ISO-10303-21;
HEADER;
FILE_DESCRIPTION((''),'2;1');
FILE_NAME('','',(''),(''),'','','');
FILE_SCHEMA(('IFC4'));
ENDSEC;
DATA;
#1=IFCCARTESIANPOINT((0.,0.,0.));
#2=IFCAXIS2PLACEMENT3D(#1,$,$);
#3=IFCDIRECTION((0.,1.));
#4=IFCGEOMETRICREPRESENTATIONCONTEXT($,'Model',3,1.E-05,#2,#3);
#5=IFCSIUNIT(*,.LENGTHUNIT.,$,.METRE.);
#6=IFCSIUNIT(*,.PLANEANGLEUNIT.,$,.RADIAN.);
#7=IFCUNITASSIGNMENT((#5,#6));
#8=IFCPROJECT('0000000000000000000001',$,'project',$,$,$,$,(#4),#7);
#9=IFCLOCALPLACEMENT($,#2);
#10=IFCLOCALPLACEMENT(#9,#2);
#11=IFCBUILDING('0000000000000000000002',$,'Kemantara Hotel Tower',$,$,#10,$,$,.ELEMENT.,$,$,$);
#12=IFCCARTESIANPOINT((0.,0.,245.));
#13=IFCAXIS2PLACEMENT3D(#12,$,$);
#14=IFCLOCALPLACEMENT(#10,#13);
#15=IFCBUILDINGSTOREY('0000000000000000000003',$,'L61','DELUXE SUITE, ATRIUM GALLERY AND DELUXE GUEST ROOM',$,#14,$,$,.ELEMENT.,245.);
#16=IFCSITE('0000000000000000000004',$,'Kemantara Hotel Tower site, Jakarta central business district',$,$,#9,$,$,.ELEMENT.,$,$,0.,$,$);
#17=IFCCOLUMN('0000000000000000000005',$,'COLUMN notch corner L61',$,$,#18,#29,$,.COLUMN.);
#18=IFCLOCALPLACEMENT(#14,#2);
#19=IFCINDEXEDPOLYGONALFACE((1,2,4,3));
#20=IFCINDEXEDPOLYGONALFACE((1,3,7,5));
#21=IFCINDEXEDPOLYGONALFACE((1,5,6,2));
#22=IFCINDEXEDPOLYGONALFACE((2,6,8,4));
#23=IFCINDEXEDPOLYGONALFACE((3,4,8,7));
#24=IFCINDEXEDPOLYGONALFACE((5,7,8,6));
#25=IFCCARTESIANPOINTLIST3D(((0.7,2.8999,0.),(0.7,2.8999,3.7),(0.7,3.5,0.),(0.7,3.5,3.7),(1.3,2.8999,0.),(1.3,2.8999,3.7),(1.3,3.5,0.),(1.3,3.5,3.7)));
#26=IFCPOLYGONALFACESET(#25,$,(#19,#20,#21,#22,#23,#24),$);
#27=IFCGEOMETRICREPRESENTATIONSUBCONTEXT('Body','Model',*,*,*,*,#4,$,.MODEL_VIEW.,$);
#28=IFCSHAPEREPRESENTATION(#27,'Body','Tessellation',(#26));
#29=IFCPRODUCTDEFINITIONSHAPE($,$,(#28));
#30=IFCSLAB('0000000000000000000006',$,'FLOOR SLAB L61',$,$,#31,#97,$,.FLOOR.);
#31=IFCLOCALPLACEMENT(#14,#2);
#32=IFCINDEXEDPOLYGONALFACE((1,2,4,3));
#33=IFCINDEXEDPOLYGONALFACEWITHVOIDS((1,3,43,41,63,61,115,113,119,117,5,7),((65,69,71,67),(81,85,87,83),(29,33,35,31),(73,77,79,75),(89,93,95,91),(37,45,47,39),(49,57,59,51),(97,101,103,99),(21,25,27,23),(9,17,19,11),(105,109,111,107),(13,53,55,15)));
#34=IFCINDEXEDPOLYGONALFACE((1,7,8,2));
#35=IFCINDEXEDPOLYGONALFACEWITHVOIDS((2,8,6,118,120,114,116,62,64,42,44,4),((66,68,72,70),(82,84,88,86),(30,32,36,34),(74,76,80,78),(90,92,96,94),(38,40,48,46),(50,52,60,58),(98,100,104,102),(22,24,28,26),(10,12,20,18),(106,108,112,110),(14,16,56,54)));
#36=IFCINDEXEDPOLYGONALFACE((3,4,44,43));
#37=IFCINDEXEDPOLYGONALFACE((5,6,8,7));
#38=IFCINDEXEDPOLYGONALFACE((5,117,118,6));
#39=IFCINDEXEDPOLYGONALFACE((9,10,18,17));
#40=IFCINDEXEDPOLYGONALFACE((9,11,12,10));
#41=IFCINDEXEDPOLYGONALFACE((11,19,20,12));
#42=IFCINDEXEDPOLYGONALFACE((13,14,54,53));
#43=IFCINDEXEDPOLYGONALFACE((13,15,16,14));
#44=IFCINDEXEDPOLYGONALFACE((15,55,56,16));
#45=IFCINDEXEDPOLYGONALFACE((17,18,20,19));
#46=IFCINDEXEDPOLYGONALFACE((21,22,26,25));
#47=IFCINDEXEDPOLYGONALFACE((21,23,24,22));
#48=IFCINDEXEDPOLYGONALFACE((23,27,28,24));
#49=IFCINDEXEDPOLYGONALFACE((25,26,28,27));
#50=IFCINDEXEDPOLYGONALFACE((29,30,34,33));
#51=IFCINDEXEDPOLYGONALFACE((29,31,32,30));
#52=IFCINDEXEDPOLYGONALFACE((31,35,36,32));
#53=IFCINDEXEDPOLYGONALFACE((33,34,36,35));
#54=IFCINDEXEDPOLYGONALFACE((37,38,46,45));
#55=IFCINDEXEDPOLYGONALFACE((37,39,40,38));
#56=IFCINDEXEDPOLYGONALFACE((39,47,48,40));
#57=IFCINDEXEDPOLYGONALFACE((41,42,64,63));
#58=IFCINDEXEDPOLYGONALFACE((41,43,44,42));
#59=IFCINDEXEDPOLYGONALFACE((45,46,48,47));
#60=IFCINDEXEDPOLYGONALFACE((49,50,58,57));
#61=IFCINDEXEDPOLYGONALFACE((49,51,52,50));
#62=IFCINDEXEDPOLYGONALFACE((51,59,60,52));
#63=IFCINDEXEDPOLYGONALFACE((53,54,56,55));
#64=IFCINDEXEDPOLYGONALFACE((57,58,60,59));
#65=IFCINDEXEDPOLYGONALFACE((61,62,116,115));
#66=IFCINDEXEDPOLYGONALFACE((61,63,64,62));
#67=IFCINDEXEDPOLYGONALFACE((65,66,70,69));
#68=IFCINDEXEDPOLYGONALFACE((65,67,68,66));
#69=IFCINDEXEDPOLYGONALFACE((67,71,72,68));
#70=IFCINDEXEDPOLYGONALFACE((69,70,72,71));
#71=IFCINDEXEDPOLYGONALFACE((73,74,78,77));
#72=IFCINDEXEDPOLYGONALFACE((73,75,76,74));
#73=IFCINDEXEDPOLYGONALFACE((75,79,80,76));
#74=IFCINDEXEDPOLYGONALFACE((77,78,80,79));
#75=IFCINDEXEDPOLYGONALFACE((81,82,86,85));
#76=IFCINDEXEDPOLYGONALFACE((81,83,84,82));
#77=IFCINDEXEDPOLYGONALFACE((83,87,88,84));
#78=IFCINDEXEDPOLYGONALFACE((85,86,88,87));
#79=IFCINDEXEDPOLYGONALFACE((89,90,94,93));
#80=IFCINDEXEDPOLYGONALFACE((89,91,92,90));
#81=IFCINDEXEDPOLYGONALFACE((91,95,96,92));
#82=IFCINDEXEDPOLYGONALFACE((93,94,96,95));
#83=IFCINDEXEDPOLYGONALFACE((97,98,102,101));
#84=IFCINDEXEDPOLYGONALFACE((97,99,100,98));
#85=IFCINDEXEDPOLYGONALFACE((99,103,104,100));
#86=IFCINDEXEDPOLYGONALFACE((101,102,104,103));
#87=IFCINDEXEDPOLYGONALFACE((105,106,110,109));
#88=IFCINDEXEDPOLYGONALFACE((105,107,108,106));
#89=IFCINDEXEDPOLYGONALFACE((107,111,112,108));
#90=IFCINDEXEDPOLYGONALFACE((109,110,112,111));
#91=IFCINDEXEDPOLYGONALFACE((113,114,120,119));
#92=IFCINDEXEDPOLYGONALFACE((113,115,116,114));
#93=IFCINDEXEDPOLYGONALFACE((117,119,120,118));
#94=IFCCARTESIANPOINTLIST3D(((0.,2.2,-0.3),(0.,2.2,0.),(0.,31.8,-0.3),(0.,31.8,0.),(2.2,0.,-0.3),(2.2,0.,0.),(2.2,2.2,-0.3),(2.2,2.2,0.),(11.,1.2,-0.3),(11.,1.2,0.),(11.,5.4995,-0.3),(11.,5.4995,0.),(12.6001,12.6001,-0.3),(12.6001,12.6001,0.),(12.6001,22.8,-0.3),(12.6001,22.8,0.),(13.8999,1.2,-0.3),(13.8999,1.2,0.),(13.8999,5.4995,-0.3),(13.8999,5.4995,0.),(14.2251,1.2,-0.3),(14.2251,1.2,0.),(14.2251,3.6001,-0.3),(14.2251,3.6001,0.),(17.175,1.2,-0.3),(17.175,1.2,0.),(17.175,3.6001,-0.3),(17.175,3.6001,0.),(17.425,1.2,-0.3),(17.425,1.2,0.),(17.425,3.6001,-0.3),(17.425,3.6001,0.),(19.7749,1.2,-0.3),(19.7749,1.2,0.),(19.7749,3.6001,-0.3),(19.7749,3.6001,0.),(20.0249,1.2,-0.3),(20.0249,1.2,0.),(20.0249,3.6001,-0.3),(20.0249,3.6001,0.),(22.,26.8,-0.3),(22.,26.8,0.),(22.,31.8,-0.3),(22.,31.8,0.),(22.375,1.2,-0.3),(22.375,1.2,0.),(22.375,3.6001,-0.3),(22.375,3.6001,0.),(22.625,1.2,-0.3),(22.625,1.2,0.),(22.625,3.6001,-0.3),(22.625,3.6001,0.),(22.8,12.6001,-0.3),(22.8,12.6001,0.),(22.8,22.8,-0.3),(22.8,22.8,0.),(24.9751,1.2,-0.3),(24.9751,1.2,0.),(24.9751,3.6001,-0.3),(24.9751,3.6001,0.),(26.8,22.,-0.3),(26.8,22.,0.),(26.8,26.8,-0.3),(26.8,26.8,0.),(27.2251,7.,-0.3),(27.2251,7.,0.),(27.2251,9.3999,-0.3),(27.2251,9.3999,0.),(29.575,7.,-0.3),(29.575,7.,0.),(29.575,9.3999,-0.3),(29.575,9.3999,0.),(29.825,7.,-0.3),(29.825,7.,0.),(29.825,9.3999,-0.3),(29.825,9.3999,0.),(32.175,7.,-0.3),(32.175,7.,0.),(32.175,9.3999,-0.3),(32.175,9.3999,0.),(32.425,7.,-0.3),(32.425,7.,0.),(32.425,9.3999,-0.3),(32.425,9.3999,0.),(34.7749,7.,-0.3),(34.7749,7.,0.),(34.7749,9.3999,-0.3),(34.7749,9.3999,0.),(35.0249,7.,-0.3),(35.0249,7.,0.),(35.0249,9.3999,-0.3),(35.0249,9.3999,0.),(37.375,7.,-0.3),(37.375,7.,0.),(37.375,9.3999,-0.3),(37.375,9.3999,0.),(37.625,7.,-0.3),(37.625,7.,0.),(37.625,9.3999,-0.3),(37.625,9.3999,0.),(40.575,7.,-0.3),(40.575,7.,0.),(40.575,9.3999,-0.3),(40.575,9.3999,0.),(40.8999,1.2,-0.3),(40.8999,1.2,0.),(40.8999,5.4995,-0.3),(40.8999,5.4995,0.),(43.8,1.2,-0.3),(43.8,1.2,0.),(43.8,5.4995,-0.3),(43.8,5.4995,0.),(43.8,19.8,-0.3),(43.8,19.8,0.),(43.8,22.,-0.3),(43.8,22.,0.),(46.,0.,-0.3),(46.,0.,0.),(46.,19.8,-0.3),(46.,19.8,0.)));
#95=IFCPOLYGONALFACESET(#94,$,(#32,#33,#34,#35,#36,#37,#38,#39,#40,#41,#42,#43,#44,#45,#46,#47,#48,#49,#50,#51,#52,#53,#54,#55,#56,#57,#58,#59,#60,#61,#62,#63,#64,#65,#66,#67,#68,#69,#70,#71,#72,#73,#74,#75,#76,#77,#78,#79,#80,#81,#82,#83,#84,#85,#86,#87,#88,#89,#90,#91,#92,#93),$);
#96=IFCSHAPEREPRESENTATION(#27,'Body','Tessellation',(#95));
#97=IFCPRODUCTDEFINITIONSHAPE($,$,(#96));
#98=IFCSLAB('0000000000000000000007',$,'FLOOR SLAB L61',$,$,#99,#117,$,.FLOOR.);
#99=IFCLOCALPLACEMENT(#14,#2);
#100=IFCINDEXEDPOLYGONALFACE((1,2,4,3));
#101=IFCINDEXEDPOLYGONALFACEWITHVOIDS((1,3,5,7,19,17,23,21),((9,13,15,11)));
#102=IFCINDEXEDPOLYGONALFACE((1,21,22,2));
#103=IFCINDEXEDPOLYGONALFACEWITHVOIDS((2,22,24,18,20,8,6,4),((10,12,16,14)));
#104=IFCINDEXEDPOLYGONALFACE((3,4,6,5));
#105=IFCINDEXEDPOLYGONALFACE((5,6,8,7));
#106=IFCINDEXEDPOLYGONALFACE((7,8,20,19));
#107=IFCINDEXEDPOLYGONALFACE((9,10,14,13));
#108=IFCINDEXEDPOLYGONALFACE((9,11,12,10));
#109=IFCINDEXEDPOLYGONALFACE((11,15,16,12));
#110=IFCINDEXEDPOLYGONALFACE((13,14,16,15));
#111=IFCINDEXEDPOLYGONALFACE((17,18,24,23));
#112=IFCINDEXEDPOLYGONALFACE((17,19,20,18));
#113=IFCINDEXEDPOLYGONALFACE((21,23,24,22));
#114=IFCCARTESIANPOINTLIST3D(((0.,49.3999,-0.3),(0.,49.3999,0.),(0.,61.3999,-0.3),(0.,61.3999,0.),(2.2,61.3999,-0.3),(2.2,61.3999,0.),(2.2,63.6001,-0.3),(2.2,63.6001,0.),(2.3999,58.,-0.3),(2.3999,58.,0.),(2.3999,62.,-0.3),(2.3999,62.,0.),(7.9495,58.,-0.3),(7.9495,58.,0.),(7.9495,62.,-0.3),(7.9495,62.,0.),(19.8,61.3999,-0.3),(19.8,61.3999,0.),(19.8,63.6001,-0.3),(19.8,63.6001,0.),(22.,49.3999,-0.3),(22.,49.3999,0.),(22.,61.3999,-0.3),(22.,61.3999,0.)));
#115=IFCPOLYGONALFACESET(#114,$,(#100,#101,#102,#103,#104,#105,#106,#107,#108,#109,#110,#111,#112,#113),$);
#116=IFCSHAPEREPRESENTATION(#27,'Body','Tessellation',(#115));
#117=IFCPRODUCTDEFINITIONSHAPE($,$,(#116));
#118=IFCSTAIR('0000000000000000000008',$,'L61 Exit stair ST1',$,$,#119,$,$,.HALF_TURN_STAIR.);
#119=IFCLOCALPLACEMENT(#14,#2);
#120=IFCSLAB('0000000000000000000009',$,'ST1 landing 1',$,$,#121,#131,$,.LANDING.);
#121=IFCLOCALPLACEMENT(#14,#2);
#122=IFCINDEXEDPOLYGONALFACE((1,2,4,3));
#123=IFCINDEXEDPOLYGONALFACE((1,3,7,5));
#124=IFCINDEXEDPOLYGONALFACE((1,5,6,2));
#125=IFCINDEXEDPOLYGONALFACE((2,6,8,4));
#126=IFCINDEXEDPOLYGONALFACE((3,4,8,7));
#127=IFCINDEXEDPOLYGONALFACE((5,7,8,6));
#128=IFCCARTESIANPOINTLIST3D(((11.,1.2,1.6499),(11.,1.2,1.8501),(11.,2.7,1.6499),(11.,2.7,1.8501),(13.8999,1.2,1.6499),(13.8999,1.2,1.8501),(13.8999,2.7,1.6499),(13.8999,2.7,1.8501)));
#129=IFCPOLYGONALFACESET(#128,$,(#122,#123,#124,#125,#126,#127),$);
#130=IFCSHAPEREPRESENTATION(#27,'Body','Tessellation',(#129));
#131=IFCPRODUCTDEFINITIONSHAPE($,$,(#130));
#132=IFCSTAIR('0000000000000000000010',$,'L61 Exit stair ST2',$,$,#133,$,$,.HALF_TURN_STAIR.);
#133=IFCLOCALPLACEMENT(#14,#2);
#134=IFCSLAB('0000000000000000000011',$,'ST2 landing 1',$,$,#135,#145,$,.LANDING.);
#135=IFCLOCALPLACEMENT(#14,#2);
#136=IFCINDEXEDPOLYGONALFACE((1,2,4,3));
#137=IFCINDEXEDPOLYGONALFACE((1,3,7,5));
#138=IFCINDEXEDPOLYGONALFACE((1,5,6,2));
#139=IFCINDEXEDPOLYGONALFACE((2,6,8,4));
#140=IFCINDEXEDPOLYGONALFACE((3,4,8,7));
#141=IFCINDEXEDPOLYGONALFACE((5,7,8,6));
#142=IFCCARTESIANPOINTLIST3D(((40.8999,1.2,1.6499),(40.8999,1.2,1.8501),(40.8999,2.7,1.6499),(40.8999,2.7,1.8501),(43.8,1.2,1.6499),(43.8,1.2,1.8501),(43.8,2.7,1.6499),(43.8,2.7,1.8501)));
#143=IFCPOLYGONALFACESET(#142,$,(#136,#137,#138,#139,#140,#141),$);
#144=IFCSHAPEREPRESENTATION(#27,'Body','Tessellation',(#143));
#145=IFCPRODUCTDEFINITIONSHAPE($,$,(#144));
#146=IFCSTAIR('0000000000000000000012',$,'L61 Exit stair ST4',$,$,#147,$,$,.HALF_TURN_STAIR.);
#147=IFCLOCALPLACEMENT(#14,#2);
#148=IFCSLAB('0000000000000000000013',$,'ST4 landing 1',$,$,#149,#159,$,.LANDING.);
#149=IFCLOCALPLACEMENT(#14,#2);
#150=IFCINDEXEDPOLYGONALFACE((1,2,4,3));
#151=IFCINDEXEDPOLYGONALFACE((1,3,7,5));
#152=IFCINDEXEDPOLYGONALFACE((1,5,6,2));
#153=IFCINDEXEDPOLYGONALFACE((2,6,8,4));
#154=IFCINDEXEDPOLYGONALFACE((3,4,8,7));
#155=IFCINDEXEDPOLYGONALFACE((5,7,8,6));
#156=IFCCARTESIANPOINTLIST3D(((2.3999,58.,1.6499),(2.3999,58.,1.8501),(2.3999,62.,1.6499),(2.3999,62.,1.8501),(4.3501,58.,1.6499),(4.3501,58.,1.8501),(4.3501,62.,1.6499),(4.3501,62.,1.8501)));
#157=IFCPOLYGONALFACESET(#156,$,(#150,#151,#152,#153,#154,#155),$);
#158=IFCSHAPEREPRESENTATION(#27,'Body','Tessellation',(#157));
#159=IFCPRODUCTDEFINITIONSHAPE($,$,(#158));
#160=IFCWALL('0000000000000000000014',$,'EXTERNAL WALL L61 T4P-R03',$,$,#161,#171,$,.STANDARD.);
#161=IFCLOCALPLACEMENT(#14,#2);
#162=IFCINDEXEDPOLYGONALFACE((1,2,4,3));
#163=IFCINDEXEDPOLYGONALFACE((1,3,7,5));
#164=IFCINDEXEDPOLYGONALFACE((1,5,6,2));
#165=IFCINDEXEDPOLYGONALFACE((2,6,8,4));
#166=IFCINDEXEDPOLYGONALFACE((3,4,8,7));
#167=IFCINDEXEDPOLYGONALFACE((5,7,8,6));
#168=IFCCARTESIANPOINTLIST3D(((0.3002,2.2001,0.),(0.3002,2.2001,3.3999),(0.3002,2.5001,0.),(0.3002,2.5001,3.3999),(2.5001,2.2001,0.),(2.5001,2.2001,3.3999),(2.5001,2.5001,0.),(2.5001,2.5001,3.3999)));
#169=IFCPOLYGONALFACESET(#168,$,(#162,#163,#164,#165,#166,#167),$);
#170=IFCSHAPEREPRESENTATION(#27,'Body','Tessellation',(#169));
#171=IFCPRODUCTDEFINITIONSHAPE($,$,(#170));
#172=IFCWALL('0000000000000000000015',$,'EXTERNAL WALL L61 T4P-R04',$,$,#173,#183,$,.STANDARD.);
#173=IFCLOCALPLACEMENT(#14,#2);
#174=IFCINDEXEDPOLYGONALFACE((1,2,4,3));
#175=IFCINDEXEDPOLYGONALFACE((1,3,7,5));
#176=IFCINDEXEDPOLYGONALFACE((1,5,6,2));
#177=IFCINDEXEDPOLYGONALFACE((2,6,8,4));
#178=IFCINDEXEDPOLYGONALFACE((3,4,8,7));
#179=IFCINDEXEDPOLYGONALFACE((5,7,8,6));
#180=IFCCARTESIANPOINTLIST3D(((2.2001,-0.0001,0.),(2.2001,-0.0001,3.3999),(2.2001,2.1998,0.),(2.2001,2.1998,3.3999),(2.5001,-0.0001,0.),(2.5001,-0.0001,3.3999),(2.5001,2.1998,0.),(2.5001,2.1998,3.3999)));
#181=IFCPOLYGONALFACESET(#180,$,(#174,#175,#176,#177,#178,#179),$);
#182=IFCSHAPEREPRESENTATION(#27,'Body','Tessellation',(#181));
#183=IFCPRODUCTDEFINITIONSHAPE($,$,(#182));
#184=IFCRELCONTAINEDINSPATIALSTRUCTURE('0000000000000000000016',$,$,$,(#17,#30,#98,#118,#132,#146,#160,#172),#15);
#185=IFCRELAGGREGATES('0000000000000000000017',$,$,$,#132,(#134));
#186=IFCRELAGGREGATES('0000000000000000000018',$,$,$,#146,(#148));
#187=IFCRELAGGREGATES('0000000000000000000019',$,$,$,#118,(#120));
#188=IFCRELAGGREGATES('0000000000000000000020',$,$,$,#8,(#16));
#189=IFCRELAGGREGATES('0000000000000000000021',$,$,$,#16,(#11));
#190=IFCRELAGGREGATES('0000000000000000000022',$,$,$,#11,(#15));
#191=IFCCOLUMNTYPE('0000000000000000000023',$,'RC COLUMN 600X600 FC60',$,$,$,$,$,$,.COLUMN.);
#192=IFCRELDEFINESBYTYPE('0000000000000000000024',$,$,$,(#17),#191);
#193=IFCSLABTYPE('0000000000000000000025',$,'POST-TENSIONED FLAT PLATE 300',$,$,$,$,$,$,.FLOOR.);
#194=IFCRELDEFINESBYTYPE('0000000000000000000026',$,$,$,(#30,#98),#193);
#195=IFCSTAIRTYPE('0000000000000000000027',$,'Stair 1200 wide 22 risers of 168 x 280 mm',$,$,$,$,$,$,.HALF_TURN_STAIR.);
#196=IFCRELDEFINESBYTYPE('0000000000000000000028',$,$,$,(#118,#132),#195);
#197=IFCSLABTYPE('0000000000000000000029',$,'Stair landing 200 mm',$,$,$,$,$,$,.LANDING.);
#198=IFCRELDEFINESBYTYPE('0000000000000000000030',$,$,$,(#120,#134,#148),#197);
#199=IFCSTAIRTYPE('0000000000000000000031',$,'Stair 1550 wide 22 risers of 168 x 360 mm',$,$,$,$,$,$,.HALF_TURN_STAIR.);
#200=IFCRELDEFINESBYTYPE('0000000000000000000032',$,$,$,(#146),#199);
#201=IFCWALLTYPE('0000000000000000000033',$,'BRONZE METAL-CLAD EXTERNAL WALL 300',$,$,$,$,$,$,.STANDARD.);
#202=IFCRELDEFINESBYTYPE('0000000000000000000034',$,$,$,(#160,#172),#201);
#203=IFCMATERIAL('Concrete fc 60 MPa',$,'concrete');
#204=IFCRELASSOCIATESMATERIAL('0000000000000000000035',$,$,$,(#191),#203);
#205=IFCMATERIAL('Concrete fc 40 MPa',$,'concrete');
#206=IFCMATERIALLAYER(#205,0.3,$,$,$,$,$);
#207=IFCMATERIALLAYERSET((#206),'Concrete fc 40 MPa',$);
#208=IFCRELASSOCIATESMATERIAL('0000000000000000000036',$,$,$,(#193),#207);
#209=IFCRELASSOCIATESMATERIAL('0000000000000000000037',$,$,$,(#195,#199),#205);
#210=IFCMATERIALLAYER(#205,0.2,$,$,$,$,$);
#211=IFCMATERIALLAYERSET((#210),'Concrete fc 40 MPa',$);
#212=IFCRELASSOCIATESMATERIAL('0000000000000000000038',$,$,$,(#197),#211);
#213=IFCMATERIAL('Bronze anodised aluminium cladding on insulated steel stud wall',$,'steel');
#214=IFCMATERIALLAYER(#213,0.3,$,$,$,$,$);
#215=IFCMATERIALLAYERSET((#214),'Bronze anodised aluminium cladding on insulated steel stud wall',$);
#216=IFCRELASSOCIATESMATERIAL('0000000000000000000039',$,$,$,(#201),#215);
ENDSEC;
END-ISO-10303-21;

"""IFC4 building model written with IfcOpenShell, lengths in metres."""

from ifc_helpers import new_model, si_unit, direction, frame, frame_2d, origin, origin_2d, place, context, subcontext, project, spatial, polyline, rectangle, outline, extrude, material, layer, layer_set, material_profile, profile_set, type_object, element, aggregate, save


model = new_model("IFC4")

# Units and contexts
model_context = context("Model", 3, precision=1e-05, world=origin(), true_north=direction((0.0, 1.0)))
body_context = subcontext(model_context, "Body", "Model", "MODEL_VIEW")
ifc_project = project(units=[si_unit("LENGTHUNIT", "METRE"), si_unit("PLANEANGLEUNIT", "RADIAN")], contexts=[model_context])

# Site, building, storey
site_placement = place(None, origin())
site = spatial("IfcSite", under=ifc_project, at=site_placement, Name="Kemantara Hotel Tower site, Jakarta central business district", CompositionType="ELEMENT", RefElevation=0.0)
building_placement = place(site_placement, origin())
building = spatial("IfcBuilding", under=site, at=building_placement, Name="Kemantara Hotel Tower", CompositionType="ELEMENT")
storey_placement = place(building_placement, frame((0.0, 0.0, 245.0)))
storey = spatial("IfcBuildingStorey", under=building, at=storey_placement, Name="L61", Description="DELUXE SUITE, ATRIUM GALLERY AND DELUXE GUEST ROOM", CompositionType="ELEMENT", Elevation=245.0)

# Column
ifc_material_1 = material(Name="Concrete fc 60 MPa", Category="concrete")
ifc_material_profile = material_profile(ifc_material_1, rectangle(XDim=0.6001, YDim=0.6001, at=origin_2d()), Name="RC 600X600")
ifc_profile_set = profile_set([ifc_material_profile], Name="Concrete fc 60 MPa")
column_type = type_object("IfcColumnType", Name="RC COLUMN 600X600 FC60", PredefinedType="COLUMN", material=ifc_profile_set)
column_placement = place(storey_placement, frame((1.0, 3.2, 0.0), z_axis=(0.0, 0.0, 1.0), x_axis=(1.0, 0.0, 0.0)))
element("IfcColumn", 1, at=column_placement, inside=storey, type_object=column_type, Name="COLUMN notch corner L61", PredefinedType="COLUMN", context=body_context, shape_type="SweptSolid", body=[
    extrude(rectangle(XDim=0.6001, YDim=0.6001, at=origin_2d()), origin(), (0.0, 0.0, 1.0), 3.7),
])

# Slabs
ifc_material_2 = material(Name="Concrete fc 40 MPa", Category="concrete")
ifc_layer_1 = layer(ifc_material_2, 0.3)
ifc_layer_set_1 = layer_set([ifc_layer_1], Name="Concrete fc 40 MPa")
slab_type_1 = type_object("IfcSlabType", Name="POST-TENSIONED FLAT PLATE 300", PredefinedType="FLOOR", material=ifc_layer_set_1)
slab_1_placement = place(storey_placement, frame((0.0, 0.0, -0.3)))
element("IfcSlab", 2, at=slab_1_placement, inside=storey, type_object=slab_type_1, Name="FLOOR SLAB L61", PredefinedType="FLOOR", context=body_context, shape_type="SweptSolid", body=[
    extrude(outline(polyline([(26.8, 22.0), (26.8, 26.8), (22.0, 26.8), (22.0, 31.8), (0.0, 31.8), (0.0, 2.2), (2.2, 2.2), (2.2, 0.0), (46.0, 0.0), (46.0, 19.8), (43.8, 19.8), (43.8, 22.0), (26.8, 22.0)]), holes=[polyline([(17.175, 3.6001), (17.175, 1.2), (14.2251, 1.2), (14.2251, 3.6001), (17.175, 3.6001)]), polyline([(19.7749, 1.2), (17.425, 1.2), (17.425, 3.6001), (19.7749, 3.6001), (19.7749, 1.2)]), polyline([(22.375, 1.2), (20.0249, 1.2), (20.0249, 3.6001), (22.375, 3.6001), (22.375, 1.2)]), polyline([(24.9751, 3.6001), (24.9751, 1.2), (22.625, 1.2), (22.625, 3.6001), (24.9751, 3.6001)]), polyline([(11.0, 1.2), (11.0, 5.4995), (13.8999, 5.4995), (13.8999, 1.2), (11.0, 1.2)]), polyline([(22.8, 12.6001), (12.6001, 12.6001), (12.6001, 22.8), (22.8, 22.8), (22.8, 12.6001)]), polyline([(40.8999, 1.2), (40.8999, 5.4995), (43.8, 5.4995), (43.8, 1.2), (40.8999, 1.2)]), polyline([(29.575, 7.0), (27.2251, 7.0), (27.2251, 9.3999), (29.575, 9.3999), (29.575, 7.0)]), polyline([(32.175, 7.0), (29.825, 7.0), (29.825, 9.3999), (32.175, 9.3999), (32.175, 7.0)]), polyline([(34.7749, 7.0), (32.425, 7.0), (32.425, 9.3999), (34.7749, 9.3999), (34.7749, 7.0)]), polyline([(37.375, 7.0), (35.0249, 7.0), (35.0249, 9.3999), (37.375, 9.3999), (37.375, 7.0)]), polyline([(40.575, 7.0), (37.625, 7.0), (37.625, 9.3999), (40.575, 9.3999), (40.575, 7.0)])]), origin(), (0.0, 0.0, 1.0), 0.3),
])
slab_2_placement = place(storey_placement, frame((0.0, 0.0, -0.3)))
element("IfcSlab", 3, at=slab_2_placement, inside=storey, type_object=slab_type_1, Name="FLOOR SLAB L61", PredefinedType="FLOOR", context=body_context, shape_type="SweptSolid", body=[
    extrude(outline(polyline([(2.2, 61.3999), (0.0, 61.3999), (0.0, 49.3999), (22.0, 49.3999), (22.0, 61.3999), (19.8, 61.3999), (19.8, 63.6001), (2.2, 63.6001), (2.2, 61.3999)]), holes=[polyline([(2.3999, 58.0), (2.3999, 62.0), (7.9495, 62.0), (7.9495, 58.0), (2.3999, 58.0)])]), origin(), (0.0, 0.0, 1.0), 0.3),
])

# Stairs, slabs
stair_type_1 = type_object("IfcStairType", Name="Stair 1200 wide 22 risers of 168 x 280 mm", PredefinedType="HALF_TURN_STAIR", material=ifc_material_2)
stair_1_placement = place(storey_placement, origin())
stair_1 = element("IfcStair", 4, at=stair_1_placement, inside=storey, type_object=stair_type_1, Name="L61 Exit stair ST1", PredefinedType="HALF_TURN_STAIR")
ifc_layer_2 = layer(ifc_material_2, 0.2)
ifc_layer_set_2 = layer_set([ifc_layer_2], Name="Concrete fc 40 MPa")
slab_type_2 = type_object("IfcSlabType", Name="Stair landing 200 mm", PredefinedType="LANDING", material=ifc_layer_set_2)
slab_3_placement = place(storey_placement, frame((0.0, 0.0, 1.6499)))
slab_3 = element("IfcSlab", 5, at=slab_3_placement, type_object=slab_type_2, Name="ST1 landing 1", PredefinedType="LANDING", context=body_context, shape_type="SweptSolid", body=[
    extrude(outline(polyline([(11.0, 2.7), (11.0, 1.2), (13.8999, 1.2), (13.8999, 2.7), (11.0, 2.7)])), origin(), (0.0, 0.0, 1.0), 0.2002),
])
stair_2_placement = place(storey_placement, origin())
stair_2 = element("IfcStair", 6, at=stair_2_placement, inside=storey, type_object=stair_type_1, Name="L61 Exit stair ST2", PredefinedType="HALF_TURN_STAIR")
slab_4_placement = place(storey_placement, frame((0.0, 0.0, 1.6499)))
slab_4 = element("IfcSlab", 7, at=slab_4_placement, type_object=slab_type_2, Name="ST2 landing 1", PredefinedType="LANDING", context=body_context, shape_type="SweptSolid", body=[
    extrude(outline(polyline([(40.8999, 2.7), (40.8999, 1.2), (43.8, 1.2), (43.8, 2.7), (40.8999, 2.7)])), origin(), (0.0, 0.0, 1.0), 0.2002),
])
aggregate(stair_2, [slab_4])
stair_type_2 = type_object("IfcStairType", Name="Stair 1550 wide 22 risers of 168 x 360 mm", PredefinedType="HALF_TURN_STAIR", material=ifc_material_2)
stair_3_placement = place(storey_placement, origin())
stair_3 = element("IfcStair", 8, at=stair_3_placement, inside=storey, type_object=stair_type_2, Name="L61 Exit stair ST4", PredefinedType="HALF_TURN_STAIR")
slab_5_placement = place(storey_placement, frame((0.0, 0.0, 1.6499)))
slab_5 = element("IfcSlab", 9, at=slab_5_placement, type_object=slab_type_2, Name="ST4 landing 1", PredefinedType="LANDING", context=body_context, shape_type="SweptSolid", body=[
    extrude(outline(polyline([(4.3501, 62.0), (2.3999, 62.0), (2.3999, 58.0), (4.3501, 58.0), (4.3501, 62.0)])), origin(), (0.0, 0.0, 1.0), 0.2002),
])
aggregate(stair_3, [slab_5])

# Walls
ifc_material_3 = material(Name="Bronze anodised aluminium cladding on insulated steel stud wall", Category="steel")
ifc_layer_3 = layer(ifc_material_3, 0.3)
ifc_layer_set_3 = layer_set([ifc_layer_3], Name="Bronze anodised aluminium cladding on insulated steel stud wall")
wall_type_1 = type_object("IfcWallType", Name="BRONZE METAL-CLAD EXTERNAL WALL 300", PredefinedType="STANDARD", material=ifc_layer_set_3)
for number, where, z_axis, x_axis, name in (
    (10, (0.3, 2.3501, 0.0), (0.0, 0.0, 1.0), (1.0, 0.0, 0.0), "EXTERNAL WALL L61 T4P-R03"),
    (11, (2.3501, 2.2, 0.0), (0.0, 0.0, 1.0), (0.0, -1.0, 0.0), "EXTERNAL WALL L61 T4P-R04"),
):
    element("IfcWall", number, at=place(storey_placement, frame(where, z_axis=z_axis, x_axis=x_axis)), inside=storey, type_object=wall_type_1, Name=name, PredefinedType="STANDARD", context=body_context, shape_type="SweptSolid", body=[
        extrude(rectangle(XDim=2.2, YDim=0.3, at=frame_2d((1.1001, 0.0))), origin(), (0.0, 0.0, 1.0), 3.3999),
    ])

aggregate(stair_1, [slab_3])

save(model, "model.ifc")
